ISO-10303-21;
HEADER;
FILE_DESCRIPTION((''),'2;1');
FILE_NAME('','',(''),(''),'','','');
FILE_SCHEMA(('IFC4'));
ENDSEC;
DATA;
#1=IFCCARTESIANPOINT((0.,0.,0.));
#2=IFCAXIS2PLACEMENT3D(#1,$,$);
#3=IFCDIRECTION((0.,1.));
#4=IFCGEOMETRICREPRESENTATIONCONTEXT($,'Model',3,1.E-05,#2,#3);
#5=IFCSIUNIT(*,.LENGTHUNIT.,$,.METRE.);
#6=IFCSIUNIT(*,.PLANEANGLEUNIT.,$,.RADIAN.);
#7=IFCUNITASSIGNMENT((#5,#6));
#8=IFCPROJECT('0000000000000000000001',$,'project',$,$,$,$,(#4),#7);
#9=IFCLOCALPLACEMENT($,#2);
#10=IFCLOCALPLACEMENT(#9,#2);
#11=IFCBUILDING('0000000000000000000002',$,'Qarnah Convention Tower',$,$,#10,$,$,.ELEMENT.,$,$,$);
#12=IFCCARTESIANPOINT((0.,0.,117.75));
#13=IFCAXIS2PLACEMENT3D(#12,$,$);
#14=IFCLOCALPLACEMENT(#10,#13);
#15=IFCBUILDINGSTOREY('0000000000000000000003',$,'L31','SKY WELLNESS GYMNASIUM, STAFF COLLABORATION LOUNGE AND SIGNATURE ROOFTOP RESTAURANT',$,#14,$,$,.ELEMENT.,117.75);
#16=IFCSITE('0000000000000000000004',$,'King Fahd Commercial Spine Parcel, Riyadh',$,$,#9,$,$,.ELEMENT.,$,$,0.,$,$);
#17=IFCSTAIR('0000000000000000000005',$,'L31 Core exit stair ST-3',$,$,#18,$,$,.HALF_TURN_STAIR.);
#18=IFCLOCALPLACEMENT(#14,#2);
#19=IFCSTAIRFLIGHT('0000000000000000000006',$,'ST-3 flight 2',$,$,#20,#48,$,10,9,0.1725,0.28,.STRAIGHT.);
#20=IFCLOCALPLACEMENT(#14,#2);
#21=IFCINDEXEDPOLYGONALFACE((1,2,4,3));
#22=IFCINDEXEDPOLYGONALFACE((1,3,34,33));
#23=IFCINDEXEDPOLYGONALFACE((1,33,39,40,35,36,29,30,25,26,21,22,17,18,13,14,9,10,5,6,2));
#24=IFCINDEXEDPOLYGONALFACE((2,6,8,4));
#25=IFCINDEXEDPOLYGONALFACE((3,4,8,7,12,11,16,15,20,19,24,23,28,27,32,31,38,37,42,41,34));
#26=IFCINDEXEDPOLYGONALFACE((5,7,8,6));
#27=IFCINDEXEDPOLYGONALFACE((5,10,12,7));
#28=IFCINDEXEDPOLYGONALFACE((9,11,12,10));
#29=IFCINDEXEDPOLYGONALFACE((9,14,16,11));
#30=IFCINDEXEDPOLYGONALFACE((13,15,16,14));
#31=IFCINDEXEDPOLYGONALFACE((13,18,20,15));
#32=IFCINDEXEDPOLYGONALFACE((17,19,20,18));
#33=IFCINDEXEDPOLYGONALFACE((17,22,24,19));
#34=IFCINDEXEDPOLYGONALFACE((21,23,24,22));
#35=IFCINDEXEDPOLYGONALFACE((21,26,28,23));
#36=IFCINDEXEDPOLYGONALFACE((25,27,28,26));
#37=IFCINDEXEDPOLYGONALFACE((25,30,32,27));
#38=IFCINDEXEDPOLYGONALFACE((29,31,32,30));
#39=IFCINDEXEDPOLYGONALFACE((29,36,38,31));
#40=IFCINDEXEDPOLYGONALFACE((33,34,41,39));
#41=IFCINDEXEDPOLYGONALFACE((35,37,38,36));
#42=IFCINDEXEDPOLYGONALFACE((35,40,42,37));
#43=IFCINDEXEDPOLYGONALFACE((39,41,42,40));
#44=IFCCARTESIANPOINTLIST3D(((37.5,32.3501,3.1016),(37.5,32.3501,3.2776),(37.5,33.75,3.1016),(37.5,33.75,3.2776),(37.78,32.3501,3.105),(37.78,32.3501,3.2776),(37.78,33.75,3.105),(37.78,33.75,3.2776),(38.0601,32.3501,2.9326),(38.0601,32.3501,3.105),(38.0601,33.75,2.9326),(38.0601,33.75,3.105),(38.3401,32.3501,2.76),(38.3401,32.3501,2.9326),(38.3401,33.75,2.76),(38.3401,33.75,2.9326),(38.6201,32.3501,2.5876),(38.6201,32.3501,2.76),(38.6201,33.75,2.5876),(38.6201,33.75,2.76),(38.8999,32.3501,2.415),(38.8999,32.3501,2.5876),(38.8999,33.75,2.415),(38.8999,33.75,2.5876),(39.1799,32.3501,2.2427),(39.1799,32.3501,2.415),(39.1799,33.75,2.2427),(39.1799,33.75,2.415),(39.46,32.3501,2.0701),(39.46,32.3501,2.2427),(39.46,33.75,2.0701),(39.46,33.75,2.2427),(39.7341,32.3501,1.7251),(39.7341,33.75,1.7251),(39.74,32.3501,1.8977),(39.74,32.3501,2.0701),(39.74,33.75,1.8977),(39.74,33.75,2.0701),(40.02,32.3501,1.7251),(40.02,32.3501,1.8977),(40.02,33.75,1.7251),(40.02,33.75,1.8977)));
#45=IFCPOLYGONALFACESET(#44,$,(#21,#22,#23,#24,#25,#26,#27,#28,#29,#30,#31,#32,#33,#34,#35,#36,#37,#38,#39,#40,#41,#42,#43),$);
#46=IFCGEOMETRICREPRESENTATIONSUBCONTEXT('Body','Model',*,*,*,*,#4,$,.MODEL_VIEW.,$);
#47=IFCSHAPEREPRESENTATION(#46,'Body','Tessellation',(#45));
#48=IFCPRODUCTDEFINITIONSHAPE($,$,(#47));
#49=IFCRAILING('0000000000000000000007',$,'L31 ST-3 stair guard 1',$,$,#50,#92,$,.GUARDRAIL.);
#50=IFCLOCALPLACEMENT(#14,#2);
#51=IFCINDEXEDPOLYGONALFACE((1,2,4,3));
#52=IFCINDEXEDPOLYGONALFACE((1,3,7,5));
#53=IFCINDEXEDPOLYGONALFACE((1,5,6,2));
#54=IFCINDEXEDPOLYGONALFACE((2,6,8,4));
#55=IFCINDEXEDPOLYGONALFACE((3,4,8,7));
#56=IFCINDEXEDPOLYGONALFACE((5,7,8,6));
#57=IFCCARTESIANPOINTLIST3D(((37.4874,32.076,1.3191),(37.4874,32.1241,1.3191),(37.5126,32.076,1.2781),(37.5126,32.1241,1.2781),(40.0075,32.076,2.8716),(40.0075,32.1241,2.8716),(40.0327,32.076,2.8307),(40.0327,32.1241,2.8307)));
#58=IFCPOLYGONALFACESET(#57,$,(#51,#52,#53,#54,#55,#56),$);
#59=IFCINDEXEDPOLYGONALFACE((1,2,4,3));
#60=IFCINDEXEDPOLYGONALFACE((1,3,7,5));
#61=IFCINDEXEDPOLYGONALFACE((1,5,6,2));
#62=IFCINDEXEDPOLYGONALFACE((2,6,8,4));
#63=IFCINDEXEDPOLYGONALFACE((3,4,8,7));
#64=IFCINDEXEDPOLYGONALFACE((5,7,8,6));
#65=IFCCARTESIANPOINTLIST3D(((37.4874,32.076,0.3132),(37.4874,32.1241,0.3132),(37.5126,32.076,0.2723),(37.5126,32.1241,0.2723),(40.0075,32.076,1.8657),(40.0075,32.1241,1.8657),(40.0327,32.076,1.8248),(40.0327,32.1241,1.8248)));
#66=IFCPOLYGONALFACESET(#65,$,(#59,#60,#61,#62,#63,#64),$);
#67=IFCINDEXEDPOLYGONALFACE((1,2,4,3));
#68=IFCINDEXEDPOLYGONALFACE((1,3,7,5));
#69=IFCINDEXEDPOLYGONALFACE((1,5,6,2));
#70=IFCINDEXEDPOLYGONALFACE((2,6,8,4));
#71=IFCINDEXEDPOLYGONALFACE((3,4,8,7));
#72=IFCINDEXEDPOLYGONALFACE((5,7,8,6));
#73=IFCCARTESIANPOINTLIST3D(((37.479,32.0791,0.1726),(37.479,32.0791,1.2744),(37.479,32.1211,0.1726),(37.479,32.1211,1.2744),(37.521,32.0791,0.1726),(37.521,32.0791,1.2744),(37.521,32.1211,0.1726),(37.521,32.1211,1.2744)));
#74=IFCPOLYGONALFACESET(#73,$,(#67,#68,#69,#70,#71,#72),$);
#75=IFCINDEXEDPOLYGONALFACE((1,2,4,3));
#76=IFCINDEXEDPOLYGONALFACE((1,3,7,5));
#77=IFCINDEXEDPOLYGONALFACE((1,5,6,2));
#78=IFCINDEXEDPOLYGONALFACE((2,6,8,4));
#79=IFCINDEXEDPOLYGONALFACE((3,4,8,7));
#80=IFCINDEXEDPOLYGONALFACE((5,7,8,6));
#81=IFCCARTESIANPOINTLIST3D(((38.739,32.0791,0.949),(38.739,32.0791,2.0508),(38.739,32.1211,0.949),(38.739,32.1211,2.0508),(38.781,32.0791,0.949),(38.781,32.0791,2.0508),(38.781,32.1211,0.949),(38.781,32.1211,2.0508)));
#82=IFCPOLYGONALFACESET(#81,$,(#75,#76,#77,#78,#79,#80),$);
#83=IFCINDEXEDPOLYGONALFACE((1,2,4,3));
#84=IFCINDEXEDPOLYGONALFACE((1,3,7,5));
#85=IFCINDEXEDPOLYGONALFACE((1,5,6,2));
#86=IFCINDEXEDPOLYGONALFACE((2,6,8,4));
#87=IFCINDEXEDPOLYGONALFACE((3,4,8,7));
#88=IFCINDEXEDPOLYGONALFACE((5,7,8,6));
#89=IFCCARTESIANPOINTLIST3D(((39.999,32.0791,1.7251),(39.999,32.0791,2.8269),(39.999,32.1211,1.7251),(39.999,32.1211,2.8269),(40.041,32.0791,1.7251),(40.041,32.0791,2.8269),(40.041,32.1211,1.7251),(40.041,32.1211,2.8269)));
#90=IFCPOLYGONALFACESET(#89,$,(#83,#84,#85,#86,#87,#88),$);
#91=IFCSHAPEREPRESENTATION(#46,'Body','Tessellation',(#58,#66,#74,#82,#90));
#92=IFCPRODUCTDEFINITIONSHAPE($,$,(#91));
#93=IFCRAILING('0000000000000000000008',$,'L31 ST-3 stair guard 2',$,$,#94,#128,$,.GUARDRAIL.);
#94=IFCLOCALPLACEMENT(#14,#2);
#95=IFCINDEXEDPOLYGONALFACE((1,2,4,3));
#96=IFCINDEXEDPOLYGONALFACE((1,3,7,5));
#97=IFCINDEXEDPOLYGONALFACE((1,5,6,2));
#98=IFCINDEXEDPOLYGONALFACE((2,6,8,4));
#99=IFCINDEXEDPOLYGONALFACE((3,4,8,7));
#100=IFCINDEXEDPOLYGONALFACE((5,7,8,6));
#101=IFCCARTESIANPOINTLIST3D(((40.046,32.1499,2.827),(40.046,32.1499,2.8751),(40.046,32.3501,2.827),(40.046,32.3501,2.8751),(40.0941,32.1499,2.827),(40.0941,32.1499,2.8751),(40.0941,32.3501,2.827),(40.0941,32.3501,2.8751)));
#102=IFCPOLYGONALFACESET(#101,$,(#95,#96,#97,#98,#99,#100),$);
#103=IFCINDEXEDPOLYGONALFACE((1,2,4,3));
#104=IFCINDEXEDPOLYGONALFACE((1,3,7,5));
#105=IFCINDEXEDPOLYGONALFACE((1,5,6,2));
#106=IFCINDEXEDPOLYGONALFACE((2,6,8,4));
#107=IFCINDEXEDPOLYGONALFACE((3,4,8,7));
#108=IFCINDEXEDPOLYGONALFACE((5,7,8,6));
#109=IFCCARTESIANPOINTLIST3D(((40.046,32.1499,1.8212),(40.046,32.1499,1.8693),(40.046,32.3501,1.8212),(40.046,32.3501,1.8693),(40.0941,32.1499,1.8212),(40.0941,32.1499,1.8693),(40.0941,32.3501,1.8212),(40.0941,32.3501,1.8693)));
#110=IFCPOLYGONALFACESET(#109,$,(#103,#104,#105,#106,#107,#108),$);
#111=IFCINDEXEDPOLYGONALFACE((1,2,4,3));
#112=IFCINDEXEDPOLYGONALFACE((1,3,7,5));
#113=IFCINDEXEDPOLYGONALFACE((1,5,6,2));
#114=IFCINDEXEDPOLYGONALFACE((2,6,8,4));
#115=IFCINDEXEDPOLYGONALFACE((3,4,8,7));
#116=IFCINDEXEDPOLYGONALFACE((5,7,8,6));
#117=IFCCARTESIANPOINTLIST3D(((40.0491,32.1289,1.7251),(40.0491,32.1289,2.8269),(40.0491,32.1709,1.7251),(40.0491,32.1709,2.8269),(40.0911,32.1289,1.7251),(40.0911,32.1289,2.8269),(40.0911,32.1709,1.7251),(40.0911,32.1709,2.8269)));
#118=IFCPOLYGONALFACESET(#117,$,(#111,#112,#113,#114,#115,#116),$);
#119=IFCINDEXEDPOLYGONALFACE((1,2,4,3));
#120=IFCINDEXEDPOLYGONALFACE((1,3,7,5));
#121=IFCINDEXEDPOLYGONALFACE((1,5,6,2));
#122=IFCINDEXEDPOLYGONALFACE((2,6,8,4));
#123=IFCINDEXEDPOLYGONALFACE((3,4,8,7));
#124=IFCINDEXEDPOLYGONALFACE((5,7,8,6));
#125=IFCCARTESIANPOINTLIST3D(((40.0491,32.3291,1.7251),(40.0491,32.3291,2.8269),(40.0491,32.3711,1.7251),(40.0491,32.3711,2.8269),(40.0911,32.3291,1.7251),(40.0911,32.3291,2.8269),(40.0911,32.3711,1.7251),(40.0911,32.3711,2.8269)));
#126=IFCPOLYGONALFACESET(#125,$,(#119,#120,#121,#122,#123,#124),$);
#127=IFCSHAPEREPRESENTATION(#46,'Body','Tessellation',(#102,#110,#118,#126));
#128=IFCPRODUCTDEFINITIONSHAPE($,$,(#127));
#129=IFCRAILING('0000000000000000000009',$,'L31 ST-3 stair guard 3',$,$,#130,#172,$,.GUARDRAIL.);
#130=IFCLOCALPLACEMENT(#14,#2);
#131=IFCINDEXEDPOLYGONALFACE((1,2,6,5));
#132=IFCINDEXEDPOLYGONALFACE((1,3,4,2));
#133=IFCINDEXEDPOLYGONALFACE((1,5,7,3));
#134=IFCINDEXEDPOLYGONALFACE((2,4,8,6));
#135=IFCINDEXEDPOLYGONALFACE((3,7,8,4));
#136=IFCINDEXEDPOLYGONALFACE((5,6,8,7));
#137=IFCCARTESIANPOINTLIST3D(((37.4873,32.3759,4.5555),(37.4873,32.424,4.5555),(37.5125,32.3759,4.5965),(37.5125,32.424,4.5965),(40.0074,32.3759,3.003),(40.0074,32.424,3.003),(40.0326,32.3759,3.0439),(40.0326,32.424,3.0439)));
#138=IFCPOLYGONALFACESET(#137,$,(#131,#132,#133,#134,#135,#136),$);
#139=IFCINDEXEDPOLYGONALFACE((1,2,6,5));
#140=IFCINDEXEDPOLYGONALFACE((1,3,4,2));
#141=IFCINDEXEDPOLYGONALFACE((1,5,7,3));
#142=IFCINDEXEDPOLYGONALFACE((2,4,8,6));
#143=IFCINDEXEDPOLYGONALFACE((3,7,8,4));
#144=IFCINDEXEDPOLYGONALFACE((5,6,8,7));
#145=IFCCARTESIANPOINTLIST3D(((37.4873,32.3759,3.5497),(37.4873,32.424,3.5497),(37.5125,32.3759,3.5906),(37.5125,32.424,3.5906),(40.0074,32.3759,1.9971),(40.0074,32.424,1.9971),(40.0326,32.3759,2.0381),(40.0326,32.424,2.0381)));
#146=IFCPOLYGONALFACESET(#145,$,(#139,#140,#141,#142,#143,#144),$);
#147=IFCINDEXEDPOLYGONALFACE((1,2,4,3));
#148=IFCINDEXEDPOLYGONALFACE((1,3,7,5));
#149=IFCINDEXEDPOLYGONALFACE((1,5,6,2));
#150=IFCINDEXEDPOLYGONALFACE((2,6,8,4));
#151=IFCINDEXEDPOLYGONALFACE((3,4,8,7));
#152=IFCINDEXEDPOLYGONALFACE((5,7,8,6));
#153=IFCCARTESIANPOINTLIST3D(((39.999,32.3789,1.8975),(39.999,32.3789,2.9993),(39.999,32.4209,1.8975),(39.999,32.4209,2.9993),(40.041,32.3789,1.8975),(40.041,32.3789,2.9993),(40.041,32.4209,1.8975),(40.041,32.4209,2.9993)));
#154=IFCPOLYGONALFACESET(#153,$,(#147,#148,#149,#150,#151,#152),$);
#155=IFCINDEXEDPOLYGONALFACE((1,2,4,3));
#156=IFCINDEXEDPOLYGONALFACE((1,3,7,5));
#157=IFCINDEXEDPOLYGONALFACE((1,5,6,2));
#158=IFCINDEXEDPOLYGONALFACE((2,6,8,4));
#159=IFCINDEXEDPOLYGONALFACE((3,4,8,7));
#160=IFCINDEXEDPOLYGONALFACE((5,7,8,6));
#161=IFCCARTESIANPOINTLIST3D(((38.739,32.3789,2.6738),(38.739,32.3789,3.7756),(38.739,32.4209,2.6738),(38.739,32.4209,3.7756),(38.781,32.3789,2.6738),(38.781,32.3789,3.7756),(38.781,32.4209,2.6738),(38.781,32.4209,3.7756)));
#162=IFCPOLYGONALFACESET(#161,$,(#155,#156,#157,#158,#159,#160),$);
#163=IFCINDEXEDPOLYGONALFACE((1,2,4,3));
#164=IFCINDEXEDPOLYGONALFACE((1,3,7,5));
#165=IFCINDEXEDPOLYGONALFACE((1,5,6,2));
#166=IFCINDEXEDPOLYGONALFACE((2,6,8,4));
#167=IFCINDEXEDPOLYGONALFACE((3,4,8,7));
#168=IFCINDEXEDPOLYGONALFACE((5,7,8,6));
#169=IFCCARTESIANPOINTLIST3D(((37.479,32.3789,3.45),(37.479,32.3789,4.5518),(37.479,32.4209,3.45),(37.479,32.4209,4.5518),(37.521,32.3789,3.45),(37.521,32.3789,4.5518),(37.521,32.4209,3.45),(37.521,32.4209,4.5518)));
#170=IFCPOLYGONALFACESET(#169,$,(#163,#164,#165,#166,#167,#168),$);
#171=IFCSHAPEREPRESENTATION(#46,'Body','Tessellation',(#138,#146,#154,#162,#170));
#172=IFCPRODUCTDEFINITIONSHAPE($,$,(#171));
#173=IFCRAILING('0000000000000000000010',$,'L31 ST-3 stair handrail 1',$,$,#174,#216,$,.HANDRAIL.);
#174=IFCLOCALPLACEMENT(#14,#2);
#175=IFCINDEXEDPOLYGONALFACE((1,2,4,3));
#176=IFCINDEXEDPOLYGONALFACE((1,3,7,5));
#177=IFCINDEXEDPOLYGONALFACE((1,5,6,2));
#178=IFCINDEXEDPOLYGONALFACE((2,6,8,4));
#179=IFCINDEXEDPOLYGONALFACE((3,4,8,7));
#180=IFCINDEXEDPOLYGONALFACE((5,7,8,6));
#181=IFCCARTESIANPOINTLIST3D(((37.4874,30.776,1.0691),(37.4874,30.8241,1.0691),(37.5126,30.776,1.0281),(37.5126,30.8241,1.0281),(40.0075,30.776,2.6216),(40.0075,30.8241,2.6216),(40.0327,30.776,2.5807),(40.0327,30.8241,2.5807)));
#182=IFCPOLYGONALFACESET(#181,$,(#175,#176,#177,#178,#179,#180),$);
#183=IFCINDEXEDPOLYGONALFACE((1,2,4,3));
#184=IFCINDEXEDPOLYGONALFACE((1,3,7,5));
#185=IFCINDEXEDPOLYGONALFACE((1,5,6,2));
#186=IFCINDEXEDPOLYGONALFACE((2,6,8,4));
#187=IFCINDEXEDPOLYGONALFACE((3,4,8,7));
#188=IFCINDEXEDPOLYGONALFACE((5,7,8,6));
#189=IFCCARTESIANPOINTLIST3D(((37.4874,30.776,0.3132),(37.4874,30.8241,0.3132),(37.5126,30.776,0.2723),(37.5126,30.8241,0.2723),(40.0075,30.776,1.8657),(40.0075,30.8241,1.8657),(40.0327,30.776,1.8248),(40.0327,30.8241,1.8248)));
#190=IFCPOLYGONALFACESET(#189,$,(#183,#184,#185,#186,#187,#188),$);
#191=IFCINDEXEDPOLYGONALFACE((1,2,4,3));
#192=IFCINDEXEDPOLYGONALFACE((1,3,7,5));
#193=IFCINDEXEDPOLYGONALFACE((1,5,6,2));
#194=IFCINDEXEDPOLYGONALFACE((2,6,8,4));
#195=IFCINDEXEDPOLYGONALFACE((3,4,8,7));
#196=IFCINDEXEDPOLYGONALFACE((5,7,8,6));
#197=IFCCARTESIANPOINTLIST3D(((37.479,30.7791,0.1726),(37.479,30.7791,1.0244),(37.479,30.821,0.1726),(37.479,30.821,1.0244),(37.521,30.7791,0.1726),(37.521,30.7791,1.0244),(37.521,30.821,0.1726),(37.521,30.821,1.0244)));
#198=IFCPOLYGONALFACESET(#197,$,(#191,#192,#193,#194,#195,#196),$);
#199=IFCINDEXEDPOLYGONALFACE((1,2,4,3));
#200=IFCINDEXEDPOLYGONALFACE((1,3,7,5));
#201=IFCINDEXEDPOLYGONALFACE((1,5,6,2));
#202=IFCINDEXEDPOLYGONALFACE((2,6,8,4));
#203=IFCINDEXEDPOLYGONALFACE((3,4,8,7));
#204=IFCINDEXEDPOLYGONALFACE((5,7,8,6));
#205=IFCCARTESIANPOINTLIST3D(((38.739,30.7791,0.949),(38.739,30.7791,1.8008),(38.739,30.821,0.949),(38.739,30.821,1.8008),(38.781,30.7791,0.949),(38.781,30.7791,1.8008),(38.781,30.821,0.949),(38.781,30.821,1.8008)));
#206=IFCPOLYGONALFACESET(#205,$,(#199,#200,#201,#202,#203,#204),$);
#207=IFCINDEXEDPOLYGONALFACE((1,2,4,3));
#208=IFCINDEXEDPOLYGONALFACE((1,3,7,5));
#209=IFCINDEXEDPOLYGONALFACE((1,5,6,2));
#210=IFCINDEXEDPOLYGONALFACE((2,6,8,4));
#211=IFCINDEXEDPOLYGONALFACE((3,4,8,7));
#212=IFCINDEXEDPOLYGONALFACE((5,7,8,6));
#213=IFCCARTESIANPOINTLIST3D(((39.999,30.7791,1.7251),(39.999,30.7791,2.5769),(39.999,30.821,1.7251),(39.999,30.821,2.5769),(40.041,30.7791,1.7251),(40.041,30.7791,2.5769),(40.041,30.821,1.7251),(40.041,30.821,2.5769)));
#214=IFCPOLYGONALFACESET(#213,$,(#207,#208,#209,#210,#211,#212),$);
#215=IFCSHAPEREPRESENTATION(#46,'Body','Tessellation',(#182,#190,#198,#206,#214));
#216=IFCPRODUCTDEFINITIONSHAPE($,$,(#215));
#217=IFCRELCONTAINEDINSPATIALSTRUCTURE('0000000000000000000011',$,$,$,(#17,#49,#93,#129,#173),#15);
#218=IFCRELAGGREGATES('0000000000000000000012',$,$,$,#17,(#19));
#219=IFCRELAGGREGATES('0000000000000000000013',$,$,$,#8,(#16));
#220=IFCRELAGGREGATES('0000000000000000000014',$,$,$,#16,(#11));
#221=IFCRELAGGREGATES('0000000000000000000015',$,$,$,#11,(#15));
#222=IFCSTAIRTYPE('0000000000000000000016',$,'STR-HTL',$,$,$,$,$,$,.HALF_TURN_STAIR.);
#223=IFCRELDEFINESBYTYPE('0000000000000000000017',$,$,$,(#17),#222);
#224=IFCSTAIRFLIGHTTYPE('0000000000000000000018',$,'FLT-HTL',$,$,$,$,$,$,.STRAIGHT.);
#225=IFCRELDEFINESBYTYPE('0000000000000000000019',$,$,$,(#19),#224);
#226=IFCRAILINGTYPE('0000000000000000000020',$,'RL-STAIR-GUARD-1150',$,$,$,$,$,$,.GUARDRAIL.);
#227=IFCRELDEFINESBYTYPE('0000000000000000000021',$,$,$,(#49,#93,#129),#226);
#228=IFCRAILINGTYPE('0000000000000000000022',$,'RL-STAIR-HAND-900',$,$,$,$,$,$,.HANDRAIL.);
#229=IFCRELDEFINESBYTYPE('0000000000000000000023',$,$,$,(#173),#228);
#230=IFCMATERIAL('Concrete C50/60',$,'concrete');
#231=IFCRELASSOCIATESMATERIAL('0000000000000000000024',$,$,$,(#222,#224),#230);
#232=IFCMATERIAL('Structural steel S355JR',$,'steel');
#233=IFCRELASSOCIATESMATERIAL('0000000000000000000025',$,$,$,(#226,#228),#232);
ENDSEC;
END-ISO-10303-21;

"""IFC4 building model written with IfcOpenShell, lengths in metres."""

from ifc_helpers import new_model, si_unit, direction, frame, origin, origin_2d, place, context, subcontext, project, spatial, polyline, rectangle, outline, extrude, material, type_object, element, aggregate, save


model = new_model("IFC4")

# Units and contexts
model_context = context("Model", 3, precision=1e-05, world=origin(), true_north=direction((0.0, 1.0)))
body_context = subcontext(model_context, "Body", "Model", "MODEL_VIEW")
ifc_project = project(units=[si_unit("LENGTHUNIT", "METRE"), si_unit("PLANEANGLEUNIT", "RADIAN")], contexts=[model_context])

# Site, building, storey
site_placement = place(None, origin())
site = spatial("IfcSite", under=ifc_project, at=site_placement, Name="King Fahd Commercial Spine Parcel, Riyadh", CompositionType="ELEMENT", RefElevation=0.0)
building_placement = place(site_placement, origin())
building = spatial("IfcBuilding", under=site, at=building_placement, Name="Qarnah Convention Tower", CompositionType="ELEMENT")
storey_placement = place(building_placement, frame((0.0, 0.0, 117.75)))
storey = spatial("IfcBuildingStorey", under=building, at=storey_placement, Name="L31", Description="SKY WELLNESS GYMNASIUM, STAFF COLLABORATION LOUNGE AND SIGNATURE ROOFTOP RESTAURANT", CompositionType="ELEMENT", Elevation=117.75)

# Shared definitions
ifc_material_1 = material(Name="Structural steel S355JR", Category="steel")

# Stair, stair flight
ifc_material_2 = material(Name="Concrete C50/60", Category="concrete")
stair_type = type_object("IfcStairType", Name="STR-HTL", PredefinedType="HALF_TURN_STAIR", material=ifc_material_2)
stair_placement = place(storey_placement, origin())
stair = element("IfcStair", 1, at=stair_placement, inside=storey, type_object=stair_type, Name="L31 Core exit stair ST-3", PredefinedType="HALF_TURN_STAIR")
stair_flight_type = type_object("IfcStairFlightType", Name="FLT-HTL", PredefinedType="STRAIGHT", material=ifc_material_2)
stair_flight_placement = place(storey_placement, frame((40.02, 33.05, 1.7251), z_axis=(0.0, 0.0, 1.0), x_axis=(-1.0, 0.0, 0.0)))
stair_flight = element("IfcStairFlight", 2, at=stair_flight_placement, type_object=stair_flight_type, Name="ST-3 flight 2", NumberOfRisers=10, NumberOfTreads=9, PredefinedType="STRAIGHT", RiserHeight=0.1725, TreadLength=0.28, context=body_context, shape_type="SweptSolid", body=[
    extrude(outline(polyline([(0.0, 0.0), (0.0, 0.1726), (0.28, 0.1726), (0.28, 0.345), (0.5601, 0.345), (0.5601, 0.5176), (0.8401, 0.5176), (0.8401, 0.6899), (1.1201, 0.6899), (1.1201, 0.8625), (1.3999, 0.8625), (1.3999, 1.0349), (1.6799, 1.0349), (1.6799, 1.2075), (1.96, 1.2075), (1.96, 1.3799), (2.24, 1.3799), (2.24, 1.5525), (2.52, 1.5525), (2.52, 1.7251), (2.52, 1.3765), (0.2859, 0.0), (0.0, 0.0)])), frame((0.0, 0.7, 0.0), z_axis=(0.0, -1.0, 0.0), x_axis=(1.0, 0.0, 0.0)), (0.0, 0.0, 1.0), 1.3999),
])
aggregate(stair, [stair_flight])

# Railings
railing_type_1 = type_object("IfcRailingType", Name="RL-STAIR-GUARD-1150", PredefinedType="GUARDRAIL", material=ifc_material_1)
railing_1_placement = place(storey_placement, frame((37.5, 32.1001, 0.1726)))
element("IfcRailing", 3, at=railing_1_placement, inside=storey, type_object=railing_type_1, Name="L31 ST-3 stair guard 1", PredefinedType="GUARDRAIL", context=body_context, shape_type="SweptSolid", body=[
    extrude(rectangle(XDim=0.0481, YDim=0.0481, at=origin_2d()), frame((0.0, 0.0, 1.126), z_axis=(0.8514, 0.0, 0.524516), x_axis=(0.0, 1.0, 0.0)), (0.0, 0.0, 1.0), 2.96),
    extrude(rectangle(XDim=0.0481, YDim=0.0481, at=origin_2d()), frame((0.0, 0.0, 0.1201), z_axis=(0.8514, 0.0, 0.524516), x_axis=(0.0, 1.0, 0.0)), (0.0, 0.0, 1.0), 2.96),
    extrude(rectangle(XDim=0.042, YDim=0.042, at=origin_2d()), origin(), (0.0, 0.0, 1.0), 1.1018),
    extrude(rectangle(XDim=0.042, YDim=0.042, at=origin_2d()), frame((1.26, 0.0, 0.7764)), (0.0, 0.0, 1.0), 1.1018),
    extrude(rectangle(XDim=0.042, YDim=0.042, at=origin_2d()), frame((2.52, 0.0, 1.5525)), (0.0, 0.0, 1.0), 1.1018),
])
railing_2_placement = place(storey_placement, frame((40.0701, 32.1499, 1.7251)))
element("IfcRailing", 4, at=railing_2_placement, inside=storey, type_object=railing_type_1, Name="L31 ST-3 stair guard 2", PredefinedType="GUARDRAIL", context=body_context, shape_type="SweptSolid", body=[
    extrude(rectangle(XDim=0.0481, YDim=0.0481, at=origin_2d()), frame((0.0, 0.0, 1.126), z_axis=(0.0, 1.0, 0.0), x_axis=(-1.0, 0.0, 0.0)), (0.0, 0.0, 1.0), 0.2002),
    extrude(rectangle(XDim=0.0481, YDim=0.0481, at=origin_2d()), frame((0.0, 0.0, 0.1201), z_axis=(0.0, 1.0, 0.0), x_axis=(-1.0, 0.0, 0.0)), (0.0, 0.0, 1.0), 0.2002),
    extrude(rectangle(XDim=0.042, YDim=0.042, at=origin_2d()), origin(), (0.0, 0.0, 1.0), 1.1018),
    extrude(rectangle(XDim=0.042, YDim=0.042, at=origin_2d()), frame((0.0, 0.2002, 0.0)), (0.0, 0.0, 1.0), 1.1018),
])
railing_3_placement = place(storey_placement, frame((40.02, 32.3999, 1.8975)))
element("IfcRailing", 5, at=railing_3_placement, inside=storey, type_object=railing_type_1, Name="L31 ST-3 stair guard 3", PredefinedType="GUARDRAIL", context=body_context, shape_type="SweptSolid", body=[
    extrude(rectangle(XDim=0.0481, YDim=0.0481, at=origin_2d()), frame((0.0, 0.0, 1.126), z_axis=(-0.8514, 0.0, 0.524516), x_axis=(0.0, -1.0, 0.0)), (0.0, 0.0, 1.0), 2.96),
    extrude(rectangle(XDim=0.0481, YDim=0.0481, at=origin_2d()), frame((0.0, 0.0, 0.1201), z_axis=(-0.8514, 0.0, 0.524516), x_axis=(0.0, -1.0, 0.0)), (0.0, 0.0, 1.0), 2.96),
    extrude(rectangle(XDim=0.042, YDim=0.042, at=origin_2d()), origin(), (0.0, 0.0, 1.0), 1.1018),
    extrude(rectangle(XDim=0.042, YDim=0.042, at=origin_2d()), frame((-1.26, 0.0, 0.7764)), (0.0, 0.0, 1.0), 1.1018),
    extrude(rectangle(XDim=0.042, YDim=0.042, at=origin_2d()), frame((-2.52, 0.0, 1.5525)), (0.0, 0.0, 1.0), 1.1018),
])
railing_type_2 = type_object("IfcRailingType", Name="RL-STAIR-HAND-900", PredefinedType="HANDRAIL", material=ifc_material_1)
railing_4_placement = place(storey_placement, frame((37.5, 30.8, 0.1726)))
element("IfcRailing", 6, at=railing_4_placement, inside=storey, type_object=railing_type_2, Name="L31 ST-3 stair handrail 1", PredefinedType="HANDRAIL", context=body_context, shape_type="SweptSolid", body=[
    extrude(rectangle(XDim=0.0481, YDim=0.0481, at=origin_2d()), frame((0.0, 0.0, 0.876), z_axis=(0.8514, 0.0, 0.524516), x_axis=(0.0, 1.0, 0.0)), (0.0, 0.0, 1.0), 2.96),
    extrude(rectangle(XDim=0.0481, YDim=0.0481, at=origin_2d()), frame((0.0, 0.0, 0.1201), z_axis=(0.8514, 0.0, 0.524516), x_axis=(0.0, 1.0, 0.0)), (0.0, 0.0, 1.0), 2.96),
    extrude(rectangle(XDim=0.042, YDim=0.042, at=origin_2d()), origin(), (0.0, 0.0, 1.0), 0.8518),
    extrude(rectangle(XDim=0.042, YDim=0.042, at=origin_2d()), frame((1.26, 0.0, 0.7764)), (0.0, 0.0, 1.0), 0.8518),
    extrude(rectangle(XDim=0.042, YDim=0.042, at=origin_2d()), frame((2.52, 0.0, 1.5525)), (0.0, 0.0, 1.0), 0.8518),
])

save(model, "model.ifc")
